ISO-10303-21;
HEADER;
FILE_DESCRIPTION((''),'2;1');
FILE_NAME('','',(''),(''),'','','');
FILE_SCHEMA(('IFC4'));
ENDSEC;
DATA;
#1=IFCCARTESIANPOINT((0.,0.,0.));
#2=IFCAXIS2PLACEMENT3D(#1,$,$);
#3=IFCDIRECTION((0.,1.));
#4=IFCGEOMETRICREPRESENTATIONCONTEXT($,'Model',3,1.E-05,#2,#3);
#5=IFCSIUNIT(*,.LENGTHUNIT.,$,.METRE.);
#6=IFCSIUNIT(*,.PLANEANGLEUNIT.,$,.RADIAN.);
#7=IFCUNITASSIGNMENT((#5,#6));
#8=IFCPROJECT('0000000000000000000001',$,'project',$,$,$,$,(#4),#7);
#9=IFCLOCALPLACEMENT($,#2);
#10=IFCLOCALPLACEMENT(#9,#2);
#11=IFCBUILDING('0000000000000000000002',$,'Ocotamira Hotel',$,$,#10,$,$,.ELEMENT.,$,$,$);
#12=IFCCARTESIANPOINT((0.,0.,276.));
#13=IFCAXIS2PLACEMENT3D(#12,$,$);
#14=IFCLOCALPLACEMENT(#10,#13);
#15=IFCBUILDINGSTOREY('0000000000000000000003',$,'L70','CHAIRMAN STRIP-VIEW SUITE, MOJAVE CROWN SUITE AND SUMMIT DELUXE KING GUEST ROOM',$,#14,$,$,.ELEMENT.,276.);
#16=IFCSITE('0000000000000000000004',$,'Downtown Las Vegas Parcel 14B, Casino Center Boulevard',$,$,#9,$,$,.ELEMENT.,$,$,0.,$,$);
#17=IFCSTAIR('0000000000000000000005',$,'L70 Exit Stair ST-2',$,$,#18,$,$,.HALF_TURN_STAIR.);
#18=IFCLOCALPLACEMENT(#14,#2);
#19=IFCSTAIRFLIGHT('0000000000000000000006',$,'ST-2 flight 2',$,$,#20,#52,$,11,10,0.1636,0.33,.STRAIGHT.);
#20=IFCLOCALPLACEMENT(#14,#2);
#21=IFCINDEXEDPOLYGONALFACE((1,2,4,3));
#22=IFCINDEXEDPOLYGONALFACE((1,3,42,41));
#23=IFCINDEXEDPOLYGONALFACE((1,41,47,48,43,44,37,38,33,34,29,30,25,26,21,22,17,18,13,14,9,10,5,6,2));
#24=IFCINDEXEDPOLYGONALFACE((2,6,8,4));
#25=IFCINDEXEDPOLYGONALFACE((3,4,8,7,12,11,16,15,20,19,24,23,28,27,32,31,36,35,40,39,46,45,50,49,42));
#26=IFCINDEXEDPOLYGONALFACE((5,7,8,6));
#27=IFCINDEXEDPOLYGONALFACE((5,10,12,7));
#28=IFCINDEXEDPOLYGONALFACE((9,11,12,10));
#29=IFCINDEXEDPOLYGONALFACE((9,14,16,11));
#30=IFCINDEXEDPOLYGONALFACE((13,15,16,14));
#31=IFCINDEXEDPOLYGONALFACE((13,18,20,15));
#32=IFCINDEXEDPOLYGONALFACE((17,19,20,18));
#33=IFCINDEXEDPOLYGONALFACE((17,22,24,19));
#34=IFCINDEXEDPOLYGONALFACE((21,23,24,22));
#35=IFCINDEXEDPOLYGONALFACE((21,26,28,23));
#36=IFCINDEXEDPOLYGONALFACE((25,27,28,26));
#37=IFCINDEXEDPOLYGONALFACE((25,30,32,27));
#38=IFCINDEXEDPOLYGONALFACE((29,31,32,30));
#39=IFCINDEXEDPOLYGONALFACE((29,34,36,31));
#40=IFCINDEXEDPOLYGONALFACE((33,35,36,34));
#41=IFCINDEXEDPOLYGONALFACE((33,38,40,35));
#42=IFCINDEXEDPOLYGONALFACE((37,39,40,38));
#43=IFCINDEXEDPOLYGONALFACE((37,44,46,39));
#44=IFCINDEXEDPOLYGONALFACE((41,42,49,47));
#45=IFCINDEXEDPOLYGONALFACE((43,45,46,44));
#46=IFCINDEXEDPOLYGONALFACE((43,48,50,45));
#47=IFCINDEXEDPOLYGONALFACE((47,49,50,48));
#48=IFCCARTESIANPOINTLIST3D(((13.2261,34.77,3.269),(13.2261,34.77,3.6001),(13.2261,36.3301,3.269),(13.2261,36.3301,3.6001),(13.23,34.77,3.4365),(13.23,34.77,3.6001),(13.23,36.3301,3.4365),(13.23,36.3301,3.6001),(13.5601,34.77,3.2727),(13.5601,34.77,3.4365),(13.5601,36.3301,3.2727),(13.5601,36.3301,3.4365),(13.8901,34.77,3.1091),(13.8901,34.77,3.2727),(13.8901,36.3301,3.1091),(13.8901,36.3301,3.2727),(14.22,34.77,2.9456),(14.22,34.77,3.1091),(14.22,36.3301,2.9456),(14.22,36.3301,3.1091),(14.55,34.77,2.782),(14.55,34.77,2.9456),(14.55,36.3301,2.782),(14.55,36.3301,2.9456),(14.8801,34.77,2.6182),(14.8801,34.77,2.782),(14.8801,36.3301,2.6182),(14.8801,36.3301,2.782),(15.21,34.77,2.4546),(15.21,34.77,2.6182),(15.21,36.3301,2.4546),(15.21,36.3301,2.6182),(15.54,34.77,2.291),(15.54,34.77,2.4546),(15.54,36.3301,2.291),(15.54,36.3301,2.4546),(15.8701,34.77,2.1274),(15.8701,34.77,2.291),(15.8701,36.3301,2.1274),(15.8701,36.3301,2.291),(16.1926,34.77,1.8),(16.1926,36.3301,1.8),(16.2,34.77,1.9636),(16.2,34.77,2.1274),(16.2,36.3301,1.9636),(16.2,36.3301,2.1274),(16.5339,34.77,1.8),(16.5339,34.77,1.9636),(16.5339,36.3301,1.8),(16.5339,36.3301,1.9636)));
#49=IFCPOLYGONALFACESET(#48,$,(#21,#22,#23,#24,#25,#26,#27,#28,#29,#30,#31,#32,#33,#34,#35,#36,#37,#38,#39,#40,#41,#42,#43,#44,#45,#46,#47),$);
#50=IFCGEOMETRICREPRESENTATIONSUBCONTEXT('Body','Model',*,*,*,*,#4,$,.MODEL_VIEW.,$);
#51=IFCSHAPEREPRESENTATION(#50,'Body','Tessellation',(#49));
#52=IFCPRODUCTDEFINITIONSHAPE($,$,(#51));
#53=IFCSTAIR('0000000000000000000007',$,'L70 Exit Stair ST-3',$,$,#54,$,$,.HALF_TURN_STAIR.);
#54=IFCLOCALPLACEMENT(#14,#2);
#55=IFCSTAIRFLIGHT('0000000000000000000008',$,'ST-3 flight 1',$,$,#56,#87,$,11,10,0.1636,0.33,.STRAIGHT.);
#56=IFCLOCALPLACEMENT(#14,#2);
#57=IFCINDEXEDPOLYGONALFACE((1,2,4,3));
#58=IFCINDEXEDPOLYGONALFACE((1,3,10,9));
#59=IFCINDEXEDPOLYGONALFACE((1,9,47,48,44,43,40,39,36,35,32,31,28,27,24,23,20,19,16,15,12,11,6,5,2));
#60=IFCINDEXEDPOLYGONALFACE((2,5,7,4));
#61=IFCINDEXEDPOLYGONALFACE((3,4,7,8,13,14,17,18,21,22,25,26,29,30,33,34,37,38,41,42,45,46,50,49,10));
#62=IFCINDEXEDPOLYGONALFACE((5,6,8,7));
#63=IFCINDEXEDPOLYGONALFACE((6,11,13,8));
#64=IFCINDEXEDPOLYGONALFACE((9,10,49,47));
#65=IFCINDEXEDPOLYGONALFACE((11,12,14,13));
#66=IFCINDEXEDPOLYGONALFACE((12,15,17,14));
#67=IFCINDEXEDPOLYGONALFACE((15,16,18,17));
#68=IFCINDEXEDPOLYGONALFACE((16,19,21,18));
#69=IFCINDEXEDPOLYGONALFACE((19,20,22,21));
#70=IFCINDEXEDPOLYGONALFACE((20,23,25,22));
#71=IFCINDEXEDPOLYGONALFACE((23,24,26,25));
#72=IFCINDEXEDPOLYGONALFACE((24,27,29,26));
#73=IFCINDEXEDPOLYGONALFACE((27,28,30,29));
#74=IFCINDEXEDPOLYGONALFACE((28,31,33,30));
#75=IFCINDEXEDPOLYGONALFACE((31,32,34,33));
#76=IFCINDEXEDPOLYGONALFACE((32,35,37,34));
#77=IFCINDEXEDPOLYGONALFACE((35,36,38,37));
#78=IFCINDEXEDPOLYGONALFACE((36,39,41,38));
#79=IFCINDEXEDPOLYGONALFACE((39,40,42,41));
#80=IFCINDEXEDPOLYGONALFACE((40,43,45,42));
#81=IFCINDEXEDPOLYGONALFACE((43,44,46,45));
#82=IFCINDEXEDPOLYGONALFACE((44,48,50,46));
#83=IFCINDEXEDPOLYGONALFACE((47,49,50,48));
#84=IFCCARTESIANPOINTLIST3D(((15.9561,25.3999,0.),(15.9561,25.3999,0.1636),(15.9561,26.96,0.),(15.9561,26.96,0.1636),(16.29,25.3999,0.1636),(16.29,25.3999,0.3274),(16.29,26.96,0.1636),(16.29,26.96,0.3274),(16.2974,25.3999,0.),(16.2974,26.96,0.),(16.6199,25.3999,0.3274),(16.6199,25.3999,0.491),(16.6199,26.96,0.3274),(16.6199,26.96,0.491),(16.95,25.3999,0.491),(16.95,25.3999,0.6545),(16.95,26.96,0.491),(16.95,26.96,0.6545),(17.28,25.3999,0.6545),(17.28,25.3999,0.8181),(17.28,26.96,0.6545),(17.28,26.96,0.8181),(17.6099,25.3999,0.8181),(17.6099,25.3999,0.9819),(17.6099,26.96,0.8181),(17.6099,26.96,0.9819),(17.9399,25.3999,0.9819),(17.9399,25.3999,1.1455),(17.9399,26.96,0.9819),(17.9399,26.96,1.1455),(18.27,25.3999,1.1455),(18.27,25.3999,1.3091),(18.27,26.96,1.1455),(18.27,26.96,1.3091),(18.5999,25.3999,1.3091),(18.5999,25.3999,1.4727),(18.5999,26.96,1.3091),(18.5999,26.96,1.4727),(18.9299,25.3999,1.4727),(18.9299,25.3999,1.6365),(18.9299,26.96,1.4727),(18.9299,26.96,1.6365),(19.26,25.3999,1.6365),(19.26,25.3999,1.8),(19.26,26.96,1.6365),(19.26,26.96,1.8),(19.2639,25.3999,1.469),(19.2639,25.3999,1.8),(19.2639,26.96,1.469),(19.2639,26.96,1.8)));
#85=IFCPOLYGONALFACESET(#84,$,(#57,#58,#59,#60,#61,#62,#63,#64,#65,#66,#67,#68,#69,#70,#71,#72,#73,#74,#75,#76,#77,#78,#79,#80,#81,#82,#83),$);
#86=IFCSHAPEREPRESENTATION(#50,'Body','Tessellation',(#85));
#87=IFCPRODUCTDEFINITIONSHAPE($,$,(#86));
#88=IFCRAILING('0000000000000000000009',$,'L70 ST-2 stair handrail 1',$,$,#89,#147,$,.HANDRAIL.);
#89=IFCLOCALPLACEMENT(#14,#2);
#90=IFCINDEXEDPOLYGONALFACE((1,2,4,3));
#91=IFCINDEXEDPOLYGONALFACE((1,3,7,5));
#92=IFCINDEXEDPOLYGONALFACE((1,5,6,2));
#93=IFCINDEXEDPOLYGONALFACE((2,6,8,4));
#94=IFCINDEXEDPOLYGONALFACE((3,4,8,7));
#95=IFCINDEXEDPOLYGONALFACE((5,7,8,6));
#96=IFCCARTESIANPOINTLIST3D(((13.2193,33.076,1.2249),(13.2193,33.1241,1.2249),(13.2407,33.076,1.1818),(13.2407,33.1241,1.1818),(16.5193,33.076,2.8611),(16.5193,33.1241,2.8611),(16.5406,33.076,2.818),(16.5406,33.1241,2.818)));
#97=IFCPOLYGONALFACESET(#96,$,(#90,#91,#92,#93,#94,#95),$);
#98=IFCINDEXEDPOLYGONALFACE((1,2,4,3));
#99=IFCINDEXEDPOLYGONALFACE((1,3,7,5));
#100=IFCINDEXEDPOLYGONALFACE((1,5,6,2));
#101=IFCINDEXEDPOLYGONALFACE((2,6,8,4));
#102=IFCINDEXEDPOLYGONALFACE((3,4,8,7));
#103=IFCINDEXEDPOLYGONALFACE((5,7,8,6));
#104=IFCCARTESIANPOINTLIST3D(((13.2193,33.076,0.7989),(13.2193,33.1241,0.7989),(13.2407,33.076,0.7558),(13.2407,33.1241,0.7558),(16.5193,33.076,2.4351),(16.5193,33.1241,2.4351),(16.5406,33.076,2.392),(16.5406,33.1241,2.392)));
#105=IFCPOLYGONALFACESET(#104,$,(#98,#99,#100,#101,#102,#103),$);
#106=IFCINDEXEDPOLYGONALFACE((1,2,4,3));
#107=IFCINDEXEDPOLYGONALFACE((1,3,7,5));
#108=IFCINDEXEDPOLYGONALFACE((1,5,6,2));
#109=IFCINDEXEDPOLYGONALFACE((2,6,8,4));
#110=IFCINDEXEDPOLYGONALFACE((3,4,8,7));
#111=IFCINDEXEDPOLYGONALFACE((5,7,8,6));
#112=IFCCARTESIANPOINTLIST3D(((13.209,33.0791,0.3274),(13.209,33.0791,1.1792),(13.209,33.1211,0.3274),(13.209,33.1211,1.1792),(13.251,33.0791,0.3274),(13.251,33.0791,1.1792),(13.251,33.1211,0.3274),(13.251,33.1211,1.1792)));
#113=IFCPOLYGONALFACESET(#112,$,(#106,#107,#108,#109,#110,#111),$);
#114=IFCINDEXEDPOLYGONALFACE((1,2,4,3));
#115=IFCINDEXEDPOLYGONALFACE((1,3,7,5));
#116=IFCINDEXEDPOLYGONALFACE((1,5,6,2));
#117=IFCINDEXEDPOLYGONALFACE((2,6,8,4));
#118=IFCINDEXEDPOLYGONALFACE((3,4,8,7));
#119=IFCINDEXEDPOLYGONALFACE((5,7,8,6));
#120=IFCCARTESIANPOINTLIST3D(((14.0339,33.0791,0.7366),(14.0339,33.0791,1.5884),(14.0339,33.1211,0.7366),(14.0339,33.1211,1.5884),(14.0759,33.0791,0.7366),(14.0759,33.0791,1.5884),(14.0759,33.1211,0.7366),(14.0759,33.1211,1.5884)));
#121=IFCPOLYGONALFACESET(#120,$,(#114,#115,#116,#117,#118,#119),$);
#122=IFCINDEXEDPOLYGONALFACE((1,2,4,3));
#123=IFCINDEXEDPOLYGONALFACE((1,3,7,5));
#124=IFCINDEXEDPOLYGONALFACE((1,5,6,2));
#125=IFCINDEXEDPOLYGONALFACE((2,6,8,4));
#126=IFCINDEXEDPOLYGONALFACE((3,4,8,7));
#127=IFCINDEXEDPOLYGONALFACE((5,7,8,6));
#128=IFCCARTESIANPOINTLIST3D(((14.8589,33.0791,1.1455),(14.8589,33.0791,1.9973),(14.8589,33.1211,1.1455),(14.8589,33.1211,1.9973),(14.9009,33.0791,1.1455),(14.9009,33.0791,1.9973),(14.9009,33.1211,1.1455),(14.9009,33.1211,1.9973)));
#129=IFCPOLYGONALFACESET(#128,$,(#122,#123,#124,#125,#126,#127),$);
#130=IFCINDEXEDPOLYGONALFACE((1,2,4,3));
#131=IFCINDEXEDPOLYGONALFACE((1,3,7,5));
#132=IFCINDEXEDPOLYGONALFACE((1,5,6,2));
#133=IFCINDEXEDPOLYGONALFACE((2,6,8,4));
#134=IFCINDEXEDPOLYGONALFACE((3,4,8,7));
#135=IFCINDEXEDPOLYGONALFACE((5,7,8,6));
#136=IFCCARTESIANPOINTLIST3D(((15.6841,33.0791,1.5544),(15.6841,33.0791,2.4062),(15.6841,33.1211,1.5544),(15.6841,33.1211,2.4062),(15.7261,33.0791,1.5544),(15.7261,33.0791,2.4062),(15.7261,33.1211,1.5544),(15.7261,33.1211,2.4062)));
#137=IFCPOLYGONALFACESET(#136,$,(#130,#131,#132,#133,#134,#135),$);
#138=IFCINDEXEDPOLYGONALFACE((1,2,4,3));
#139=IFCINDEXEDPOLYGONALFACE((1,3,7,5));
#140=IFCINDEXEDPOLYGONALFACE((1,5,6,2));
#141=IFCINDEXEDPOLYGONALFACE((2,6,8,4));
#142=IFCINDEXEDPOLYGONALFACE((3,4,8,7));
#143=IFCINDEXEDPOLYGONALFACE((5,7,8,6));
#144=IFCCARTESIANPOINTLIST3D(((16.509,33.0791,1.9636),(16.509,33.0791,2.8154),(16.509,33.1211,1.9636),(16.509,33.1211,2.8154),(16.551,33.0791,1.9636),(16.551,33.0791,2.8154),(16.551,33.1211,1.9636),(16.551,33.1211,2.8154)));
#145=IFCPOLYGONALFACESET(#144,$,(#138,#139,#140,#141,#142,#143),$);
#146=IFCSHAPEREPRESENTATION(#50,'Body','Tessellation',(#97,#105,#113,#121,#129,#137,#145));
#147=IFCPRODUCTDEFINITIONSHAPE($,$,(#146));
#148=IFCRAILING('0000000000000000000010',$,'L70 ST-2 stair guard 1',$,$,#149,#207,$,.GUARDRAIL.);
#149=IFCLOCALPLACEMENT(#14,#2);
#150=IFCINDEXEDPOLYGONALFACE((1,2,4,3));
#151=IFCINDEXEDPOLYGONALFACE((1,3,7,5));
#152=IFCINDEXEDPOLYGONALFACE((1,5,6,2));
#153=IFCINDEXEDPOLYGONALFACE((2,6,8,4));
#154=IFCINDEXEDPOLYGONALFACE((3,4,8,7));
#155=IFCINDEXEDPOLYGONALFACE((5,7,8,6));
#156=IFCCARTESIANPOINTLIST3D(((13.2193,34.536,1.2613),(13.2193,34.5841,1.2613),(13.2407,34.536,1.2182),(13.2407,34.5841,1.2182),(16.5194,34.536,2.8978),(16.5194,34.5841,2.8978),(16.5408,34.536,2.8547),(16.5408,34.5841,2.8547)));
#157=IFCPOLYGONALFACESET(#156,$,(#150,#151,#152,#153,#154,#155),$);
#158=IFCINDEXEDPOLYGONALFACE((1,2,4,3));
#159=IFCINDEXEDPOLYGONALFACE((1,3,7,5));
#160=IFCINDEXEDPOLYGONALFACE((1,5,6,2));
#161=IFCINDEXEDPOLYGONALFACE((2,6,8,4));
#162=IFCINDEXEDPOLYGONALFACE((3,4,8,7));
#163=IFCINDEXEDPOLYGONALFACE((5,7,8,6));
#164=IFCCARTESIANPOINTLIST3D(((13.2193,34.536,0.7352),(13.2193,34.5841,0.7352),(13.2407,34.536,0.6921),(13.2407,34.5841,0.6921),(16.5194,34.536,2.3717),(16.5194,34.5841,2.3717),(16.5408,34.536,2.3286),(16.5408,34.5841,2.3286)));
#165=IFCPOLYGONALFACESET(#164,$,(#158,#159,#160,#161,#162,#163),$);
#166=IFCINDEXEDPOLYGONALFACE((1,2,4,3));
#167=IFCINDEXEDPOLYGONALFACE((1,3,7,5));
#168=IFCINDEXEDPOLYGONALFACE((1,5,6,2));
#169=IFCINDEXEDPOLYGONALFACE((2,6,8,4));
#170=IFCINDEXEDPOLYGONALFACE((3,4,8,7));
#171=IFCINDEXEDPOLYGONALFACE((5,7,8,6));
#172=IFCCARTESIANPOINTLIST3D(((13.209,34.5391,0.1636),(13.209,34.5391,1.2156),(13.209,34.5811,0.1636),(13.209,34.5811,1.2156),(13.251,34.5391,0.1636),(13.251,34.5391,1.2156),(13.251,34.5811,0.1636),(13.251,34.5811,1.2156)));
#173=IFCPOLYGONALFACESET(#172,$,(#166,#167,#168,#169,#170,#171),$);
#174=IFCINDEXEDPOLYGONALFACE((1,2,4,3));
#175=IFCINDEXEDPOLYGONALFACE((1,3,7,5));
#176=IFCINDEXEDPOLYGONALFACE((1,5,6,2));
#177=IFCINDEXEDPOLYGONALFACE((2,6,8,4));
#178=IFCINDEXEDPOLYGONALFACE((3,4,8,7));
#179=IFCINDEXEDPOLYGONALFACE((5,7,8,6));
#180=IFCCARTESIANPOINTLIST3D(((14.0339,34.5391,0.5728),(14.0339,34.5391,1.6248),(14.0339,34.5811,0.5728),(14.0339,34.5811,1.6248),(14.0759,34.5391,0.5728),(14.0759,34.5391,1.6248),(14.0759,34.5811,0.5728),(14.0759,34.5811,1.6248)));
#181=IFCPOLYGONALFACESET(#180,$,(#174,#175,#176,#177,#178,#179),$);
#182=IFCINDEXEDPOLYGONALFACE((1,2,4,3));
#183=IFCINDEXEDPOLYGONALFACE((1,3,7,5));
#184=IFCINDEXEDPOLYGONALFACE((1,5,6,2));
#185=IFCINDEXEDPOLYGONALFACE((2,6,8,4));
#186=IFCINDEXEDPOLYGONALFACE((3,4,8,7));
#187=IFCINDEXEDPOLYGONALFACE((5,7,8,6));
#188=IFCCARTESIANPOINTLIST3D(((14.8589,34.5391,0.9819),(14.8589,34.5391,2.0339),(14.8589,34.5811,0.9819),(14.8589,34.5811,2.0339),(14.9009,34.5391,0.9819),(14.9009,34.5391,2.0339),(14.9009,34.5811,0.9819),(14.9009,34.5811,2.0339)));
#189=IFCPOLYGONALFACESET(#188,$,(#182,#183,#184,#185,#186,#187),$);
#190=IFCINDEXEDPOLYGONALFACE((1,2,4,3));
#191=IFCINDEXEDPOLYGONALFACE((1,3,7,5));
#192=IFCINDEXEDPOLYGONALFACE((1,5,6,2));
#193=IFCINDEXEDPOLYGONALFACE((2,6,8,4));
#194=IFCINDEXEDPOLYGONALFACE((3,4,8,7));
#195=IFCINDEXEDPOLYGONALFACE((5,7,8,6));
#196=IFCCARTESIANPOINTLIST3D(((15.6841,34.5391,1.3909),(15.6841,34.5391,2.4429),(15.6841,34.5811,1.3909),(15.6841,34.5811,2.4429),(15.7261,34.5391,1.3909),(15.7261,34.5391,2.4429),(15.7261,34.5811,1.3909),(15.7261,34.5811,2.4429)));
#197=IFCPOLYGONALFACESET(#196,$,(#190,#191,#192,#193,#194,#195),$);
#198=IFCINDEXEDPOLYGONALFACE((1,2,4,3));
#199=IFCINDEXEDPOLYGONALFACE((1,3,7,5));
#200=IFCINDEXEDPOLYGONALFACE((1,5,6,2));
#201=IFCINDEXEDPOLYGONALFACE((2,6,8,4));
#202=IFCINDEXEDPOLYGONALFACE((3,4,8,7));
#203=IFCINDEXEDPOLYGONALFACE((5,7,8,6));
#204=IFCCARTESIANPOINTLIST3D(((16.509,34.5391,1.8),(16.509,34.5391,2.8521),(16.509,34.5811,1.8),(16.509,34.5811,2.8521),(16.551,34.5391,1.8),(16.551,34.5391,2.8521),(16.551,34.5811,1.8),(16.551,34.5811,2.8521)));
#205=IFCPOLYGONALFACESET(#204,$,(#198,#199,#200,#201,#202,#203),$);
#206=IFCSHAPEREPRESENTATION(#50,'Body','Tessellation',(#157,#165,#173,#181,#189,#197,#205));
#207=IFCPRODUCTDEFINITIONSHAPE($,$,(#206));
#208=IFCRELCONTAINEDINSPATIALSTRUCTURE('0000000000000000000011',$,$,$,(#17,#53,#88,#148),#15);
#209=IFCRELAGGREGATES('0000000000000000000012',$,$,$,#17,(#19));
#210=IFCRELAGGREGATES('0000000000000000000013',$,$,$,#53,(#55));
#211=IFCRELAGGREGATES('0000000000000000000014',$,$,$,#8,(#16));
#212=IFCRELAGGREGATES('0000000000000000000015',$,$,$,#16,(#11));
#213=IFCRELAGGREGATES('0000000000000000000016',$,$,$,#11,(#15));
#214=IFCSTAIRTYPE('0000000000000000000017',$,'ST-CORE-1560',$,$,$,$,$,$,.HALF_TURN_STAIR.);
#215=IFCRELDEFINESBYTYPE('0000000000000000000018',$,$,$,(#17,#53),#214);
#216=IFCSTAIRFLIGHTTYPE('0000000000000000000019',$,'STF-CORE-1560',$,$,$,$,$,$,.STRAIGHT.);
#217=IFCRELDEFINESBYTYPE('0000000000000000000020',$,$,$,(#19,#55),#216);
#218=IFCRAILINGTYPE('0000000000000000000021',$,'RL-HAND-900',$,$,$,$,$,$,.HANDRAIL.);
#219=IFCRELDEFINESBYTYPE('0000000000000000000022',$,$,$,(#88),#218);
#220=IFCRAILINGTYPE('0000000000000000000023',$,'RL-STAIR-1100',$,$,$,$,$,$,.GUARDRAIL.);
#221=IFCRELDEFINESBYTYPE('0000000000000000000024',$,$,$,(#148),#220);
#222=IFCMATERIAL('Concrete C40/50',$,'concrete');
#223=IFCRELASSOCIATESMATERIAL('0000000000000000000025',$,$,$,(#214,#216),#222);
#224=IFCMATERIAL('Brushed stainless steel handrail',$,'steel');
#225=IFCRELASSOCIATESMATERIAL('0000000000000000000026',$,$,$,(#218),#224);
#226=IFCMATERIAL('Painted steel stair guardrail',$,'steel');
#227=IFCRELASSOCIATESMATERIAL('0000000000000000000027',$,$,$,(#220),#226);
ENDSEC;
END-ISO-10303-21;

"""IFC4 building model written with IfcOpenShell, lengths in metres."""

from ifc_helpers import new_model, si_unit, direction, frame, origin, origin_2d, place, context, subcontext, project, spatial, polyline, rectangle, outline, extrude, source, transform, mapped, material, type_object, element, aggregate, save


model = new_model("IFC4")

# Units and contexts
model_context = context("Model", 3, precision=1e-05, world=origin(), true_north=direction((0.0, 1.0)))
body_context = subcontext(model_context, "Body", "Model", "MODEL_VIEW")
ifc_project = project(units=[si_unit("LENGTHUNIT", "METRE"), si_unit("PLANEANGLEUNIT", "RADIAN")], contexts=[model_context])

# Site, building, storey
site_placement = place(None, origin())
site = spatial("IfcSite", under=ifc_project, at=site_placement, Name="Downtown Las Vegas Parcel 14B, Casino Center Boulevard", CompositionType="ELEMENT", RefElevation=0.0)
building_placement = place(site_placement, origin())
building = spatial("IfcBuilding", under=site, at=building_placement, Name="Ocotamira Hotel", CompositionType="ELEMENT")
storey_placement = place(building_placement, frame((0.0, 0.0, 276.0)))
storey = spatial("IfcBuildingStorey", under=building, at=storey_placement, Name="L70", Description="CHAIRMAN STRIP-VIEW SUITE, MOJAVE CROWN SUITE AND SUMMIT DELUXE KING GUEST ROOM", CompositionType="ELEMENT", Elevation=276.0)

# Stair, stair flight
ifc_material_1 = material(Name="Concrete C40/50", Category="concrete")
stair_type = type_object("IfcStairType", Name="ST-CORE-1560", PredefinedType="HALF_TURN_STAIR", material=ifc_material_1)
stair_1_placement = place(storey_placement, origin())
stair_1 = element("IfcStair", 1, at=stair_1_placement, inside=storey, type_object=stair_type, Name="L70 Exit Stair ST-2", PredefinedType="HALF_TURN_STAIR")
stair_flight_type = type_object("IfcStairFlightType", Name="STF-CORE-1560", PredefinedType="STRAIGHT", material=ifc_material_1)
shared_shape_1 = source(origin(), body_context, "Body", "SweptSolid", [
    extrude(outline(polyline([(-0.0039, 0.0), (-0.0039, 0.1636), (0.3301, 0.1636), (0.3301, 0.3274), (0.6599, 0.3274), (0.6599, 0.491), (0.99, 0.491), (0.99, 0.6545), (1.3201, 0.6545), (1.3201, 0.8181), (1.6499, 0.8181), (1.6499, 0.9819), (1.98, 0.9819), (1.98, 1.1455), (2.3101, 1.1455), (2.3101, 1.3091), (2.6399, 1.3091), (2.6399, 1.4727), (2.97, 1.4727), (2.97, 1.6365), (3.3, 1.6365), (3.3, 1.8), (3.304, 1.8), (3.304, 1.469), (0.3374, 0.0), (-0.0039, 0.0)])), frame((0.0, 0.78, 0.0), z_axis=(0.0, -1.0, 0.0), x_axis=(1.0, 0.0, 0.0)), (0.0, 0.0, 1.0), 1.5601),
])
stair_flight_1_placement = place(storey_placement, frame((16.53, 35.55, 1.8), z_axis=(0.0, 0.0, 1.0), x_axis=(-1.0, 0.0, 0.0)))
stair_flight_1 = element("IfcStairFlight", 2, at=stair_flight_1_placement, type_object=stair_flight_type, Name="ST-2 flight 2", NumberOfRisers=11, NumberOfTreads=10, PredefinedType="STRAIGHT", RiserHeight=0.1636, TreadLength=0.33, context=body_context, shape_type="MappedRepresentation", body=[
    mapped(shared_shape_1, transform((0.0, 0.0, 0.0), scale=1.0)),
])
aggregate(stair_1, [stair_flight_1])

# Stair, stair flight
stair_2_placement = place(storey_placement, origin())
stair_2 = element("IfcStair", 3, at=stair_2_placement, inside=storey, type_object=stair_type, Name="L70 Exit Stair ST-3", PredefinedType="HALF_TURN_STAIR")
stair_flight_2_placement = place(storey_placement, frame((15.96, 26.1799, 0.0), z_axis=(0.0, 0.0, 1.0), x_axis=(1.0, 0.0, 0.0)))
stair_flight_2 = element("IfcStairFlight", 4, at=stair_flight_2_placement, type_object=stair_flight_type, Name="ST-3 flight 1", NumberOfRisers=11, NumberOfTreads=10, PredefinedType="STRAIGHT", RiserHeight=0.1636, TreadLength=0.33, context=body_context, shape_type="MappedRepresentation", body=[
    mapped(shared_shape_1, transform((0.0, 0.0, 0.0), scale=1.0)),
])
aggregate(stair_2, [stair_flight_2])

# Railings
ifc_material_2 = material(Name="Brushed stainless steel handrail", Category="steel")
railing_type_1 = type_object("IfcRailingType", Name="RL-HAND-900", PredefinedType="HANDRAIL", material=ifc_material_2)
railing_1_placement = place(storey_placement, frame((13.23, 33.1001, 0.3274)))
element("IfcRailing", 5, at=railing_1_placement, inside=storey, type_object=railing_type_1, Name="L70 ST-2 stair handrail 1", PredefinedType="HANDRAIL", context=body_context, shape_type="SweptSolid", body=[
    extrude(rectangle(XDim=0.0481, YDim=0.0481, at=origin_2d()), frame((0.0, 0.0, 0.876), z_axis=(0.89592, 0.0, 0.444215), x_axis=(0.0, 1.0, 0.0)), (0.0, 0.0, 1.0), 3.6833),
    extrude(rectangle(XDim=0.0481, YDim=0.0481, at=origin_2d()), frame((0.0, 0.0, 0.45), z_axis=(0.89592, 0.0, 0.444215), x_axis=(0.0, 1.0, 0.0)), (0.0, 0.0, 1.0), 3.6833),
    extrude(rectangle(XDim=0.042, YDim=0.042, at=origin_2d()), origin(), (0.0, 0.0, 1.0), 0.8518),
    extrude(rectangle(XDim=0.042, YDim=0.042, at=origin_2d()), frame((0.825, 0.0, 0.4092)), (0.0, 0.0, 1.0), 0.8518),
    extrude(rectangle(XDim=0.042, YDim=0.042, at=origin_2d()), frame((1.6499, 0.0, 0.8181)), (0.0, 0.0, 1.0), 0.8518),
    extrude(rectangle(XDim=0.042, YDim=0.042, at=origin_2d()), frame((2.4751, 0.0, 1.2271)), (0.0, 0.0, 1.0), 0.8518),
    extrude(rectangle(XDim=0.042, YDim=0.042, at=origin_2d()), frame((3.3, 0.0, 1.6362)), (0.0, 0.0, 1.0), 0.8518),
])
ifc_material_3 = material(Name="Painted steel stair guardrail", Category="steel")
railing_type_2 = type_object("IfcRailingType", Name="RL-STAIR-1100", PredefinedType="GUARDRAIL", material=ifc_material_3)
railing_2_placement = place(storey_placement, frame((13.23, 34.5601, 0.1636)))
element("IfcRailing", 6, at=railing_2_placement, inside=storey, type_object=railing_type_2, Name="L70 ST-2 stair guard 1", PredefinedType="GUARDRAIL", context=body_context, shape_type="SweptSolid", body=[
    extrude(rectangle(XDim=0.0481, YDim=0.0481, at=origin_2d()), frame((0.0, 0.0, 1.0762), z_axis=(0.895894, 0.0, 0.444268), x_axis=(0.0, 1.0, 0.0)), (0.0, 0.0, 1.0), 3.6836),
    extrude(rectangle(XDim=0.0481, YDim=0.0481, at=origin_2d()), frame((0.0, 0.0, 0.55), z_axis=(0.895894, 0.0, 0.444268), x_axis=(0.0, 1.0, 0.0)), (0.0, 0.0, 1.0), 3.6836),
    extrude(rectangle(XDim=0.042, YDim=0.042, at=origin_2d()), origin(), (0.0, 0.0, 1.0), 1.052),
    extrude(rectangle(XDim=0.042, YDim=0.042, at=origin_2d()), frame((0.825, 0.0, 0.4092)), (0.0, 0.0, 1.0), 1.052),
    extrude(rectangle(XDim=0.042, YDim=0.042, at=origin_2d()), frame((1.6499, 0.0, 0.8184)), (0.0, 0.0, 1.0), 1.052),
    extrude(rectangle(XDim=0.042, YDim=0.042, at=origin_2d()), frame((2.4751, 0.0, 1.2273)), (0.0, 0.0, 1.0), 1.052),
    extrude(rectangle(XDim=0.042, YDim=0.042, at=origin_2d()), frame((3.3, 0.0, 1.6365)), (0.0, 0.0, 1.0), 1.052),
])

save(model, "model.ifc")
